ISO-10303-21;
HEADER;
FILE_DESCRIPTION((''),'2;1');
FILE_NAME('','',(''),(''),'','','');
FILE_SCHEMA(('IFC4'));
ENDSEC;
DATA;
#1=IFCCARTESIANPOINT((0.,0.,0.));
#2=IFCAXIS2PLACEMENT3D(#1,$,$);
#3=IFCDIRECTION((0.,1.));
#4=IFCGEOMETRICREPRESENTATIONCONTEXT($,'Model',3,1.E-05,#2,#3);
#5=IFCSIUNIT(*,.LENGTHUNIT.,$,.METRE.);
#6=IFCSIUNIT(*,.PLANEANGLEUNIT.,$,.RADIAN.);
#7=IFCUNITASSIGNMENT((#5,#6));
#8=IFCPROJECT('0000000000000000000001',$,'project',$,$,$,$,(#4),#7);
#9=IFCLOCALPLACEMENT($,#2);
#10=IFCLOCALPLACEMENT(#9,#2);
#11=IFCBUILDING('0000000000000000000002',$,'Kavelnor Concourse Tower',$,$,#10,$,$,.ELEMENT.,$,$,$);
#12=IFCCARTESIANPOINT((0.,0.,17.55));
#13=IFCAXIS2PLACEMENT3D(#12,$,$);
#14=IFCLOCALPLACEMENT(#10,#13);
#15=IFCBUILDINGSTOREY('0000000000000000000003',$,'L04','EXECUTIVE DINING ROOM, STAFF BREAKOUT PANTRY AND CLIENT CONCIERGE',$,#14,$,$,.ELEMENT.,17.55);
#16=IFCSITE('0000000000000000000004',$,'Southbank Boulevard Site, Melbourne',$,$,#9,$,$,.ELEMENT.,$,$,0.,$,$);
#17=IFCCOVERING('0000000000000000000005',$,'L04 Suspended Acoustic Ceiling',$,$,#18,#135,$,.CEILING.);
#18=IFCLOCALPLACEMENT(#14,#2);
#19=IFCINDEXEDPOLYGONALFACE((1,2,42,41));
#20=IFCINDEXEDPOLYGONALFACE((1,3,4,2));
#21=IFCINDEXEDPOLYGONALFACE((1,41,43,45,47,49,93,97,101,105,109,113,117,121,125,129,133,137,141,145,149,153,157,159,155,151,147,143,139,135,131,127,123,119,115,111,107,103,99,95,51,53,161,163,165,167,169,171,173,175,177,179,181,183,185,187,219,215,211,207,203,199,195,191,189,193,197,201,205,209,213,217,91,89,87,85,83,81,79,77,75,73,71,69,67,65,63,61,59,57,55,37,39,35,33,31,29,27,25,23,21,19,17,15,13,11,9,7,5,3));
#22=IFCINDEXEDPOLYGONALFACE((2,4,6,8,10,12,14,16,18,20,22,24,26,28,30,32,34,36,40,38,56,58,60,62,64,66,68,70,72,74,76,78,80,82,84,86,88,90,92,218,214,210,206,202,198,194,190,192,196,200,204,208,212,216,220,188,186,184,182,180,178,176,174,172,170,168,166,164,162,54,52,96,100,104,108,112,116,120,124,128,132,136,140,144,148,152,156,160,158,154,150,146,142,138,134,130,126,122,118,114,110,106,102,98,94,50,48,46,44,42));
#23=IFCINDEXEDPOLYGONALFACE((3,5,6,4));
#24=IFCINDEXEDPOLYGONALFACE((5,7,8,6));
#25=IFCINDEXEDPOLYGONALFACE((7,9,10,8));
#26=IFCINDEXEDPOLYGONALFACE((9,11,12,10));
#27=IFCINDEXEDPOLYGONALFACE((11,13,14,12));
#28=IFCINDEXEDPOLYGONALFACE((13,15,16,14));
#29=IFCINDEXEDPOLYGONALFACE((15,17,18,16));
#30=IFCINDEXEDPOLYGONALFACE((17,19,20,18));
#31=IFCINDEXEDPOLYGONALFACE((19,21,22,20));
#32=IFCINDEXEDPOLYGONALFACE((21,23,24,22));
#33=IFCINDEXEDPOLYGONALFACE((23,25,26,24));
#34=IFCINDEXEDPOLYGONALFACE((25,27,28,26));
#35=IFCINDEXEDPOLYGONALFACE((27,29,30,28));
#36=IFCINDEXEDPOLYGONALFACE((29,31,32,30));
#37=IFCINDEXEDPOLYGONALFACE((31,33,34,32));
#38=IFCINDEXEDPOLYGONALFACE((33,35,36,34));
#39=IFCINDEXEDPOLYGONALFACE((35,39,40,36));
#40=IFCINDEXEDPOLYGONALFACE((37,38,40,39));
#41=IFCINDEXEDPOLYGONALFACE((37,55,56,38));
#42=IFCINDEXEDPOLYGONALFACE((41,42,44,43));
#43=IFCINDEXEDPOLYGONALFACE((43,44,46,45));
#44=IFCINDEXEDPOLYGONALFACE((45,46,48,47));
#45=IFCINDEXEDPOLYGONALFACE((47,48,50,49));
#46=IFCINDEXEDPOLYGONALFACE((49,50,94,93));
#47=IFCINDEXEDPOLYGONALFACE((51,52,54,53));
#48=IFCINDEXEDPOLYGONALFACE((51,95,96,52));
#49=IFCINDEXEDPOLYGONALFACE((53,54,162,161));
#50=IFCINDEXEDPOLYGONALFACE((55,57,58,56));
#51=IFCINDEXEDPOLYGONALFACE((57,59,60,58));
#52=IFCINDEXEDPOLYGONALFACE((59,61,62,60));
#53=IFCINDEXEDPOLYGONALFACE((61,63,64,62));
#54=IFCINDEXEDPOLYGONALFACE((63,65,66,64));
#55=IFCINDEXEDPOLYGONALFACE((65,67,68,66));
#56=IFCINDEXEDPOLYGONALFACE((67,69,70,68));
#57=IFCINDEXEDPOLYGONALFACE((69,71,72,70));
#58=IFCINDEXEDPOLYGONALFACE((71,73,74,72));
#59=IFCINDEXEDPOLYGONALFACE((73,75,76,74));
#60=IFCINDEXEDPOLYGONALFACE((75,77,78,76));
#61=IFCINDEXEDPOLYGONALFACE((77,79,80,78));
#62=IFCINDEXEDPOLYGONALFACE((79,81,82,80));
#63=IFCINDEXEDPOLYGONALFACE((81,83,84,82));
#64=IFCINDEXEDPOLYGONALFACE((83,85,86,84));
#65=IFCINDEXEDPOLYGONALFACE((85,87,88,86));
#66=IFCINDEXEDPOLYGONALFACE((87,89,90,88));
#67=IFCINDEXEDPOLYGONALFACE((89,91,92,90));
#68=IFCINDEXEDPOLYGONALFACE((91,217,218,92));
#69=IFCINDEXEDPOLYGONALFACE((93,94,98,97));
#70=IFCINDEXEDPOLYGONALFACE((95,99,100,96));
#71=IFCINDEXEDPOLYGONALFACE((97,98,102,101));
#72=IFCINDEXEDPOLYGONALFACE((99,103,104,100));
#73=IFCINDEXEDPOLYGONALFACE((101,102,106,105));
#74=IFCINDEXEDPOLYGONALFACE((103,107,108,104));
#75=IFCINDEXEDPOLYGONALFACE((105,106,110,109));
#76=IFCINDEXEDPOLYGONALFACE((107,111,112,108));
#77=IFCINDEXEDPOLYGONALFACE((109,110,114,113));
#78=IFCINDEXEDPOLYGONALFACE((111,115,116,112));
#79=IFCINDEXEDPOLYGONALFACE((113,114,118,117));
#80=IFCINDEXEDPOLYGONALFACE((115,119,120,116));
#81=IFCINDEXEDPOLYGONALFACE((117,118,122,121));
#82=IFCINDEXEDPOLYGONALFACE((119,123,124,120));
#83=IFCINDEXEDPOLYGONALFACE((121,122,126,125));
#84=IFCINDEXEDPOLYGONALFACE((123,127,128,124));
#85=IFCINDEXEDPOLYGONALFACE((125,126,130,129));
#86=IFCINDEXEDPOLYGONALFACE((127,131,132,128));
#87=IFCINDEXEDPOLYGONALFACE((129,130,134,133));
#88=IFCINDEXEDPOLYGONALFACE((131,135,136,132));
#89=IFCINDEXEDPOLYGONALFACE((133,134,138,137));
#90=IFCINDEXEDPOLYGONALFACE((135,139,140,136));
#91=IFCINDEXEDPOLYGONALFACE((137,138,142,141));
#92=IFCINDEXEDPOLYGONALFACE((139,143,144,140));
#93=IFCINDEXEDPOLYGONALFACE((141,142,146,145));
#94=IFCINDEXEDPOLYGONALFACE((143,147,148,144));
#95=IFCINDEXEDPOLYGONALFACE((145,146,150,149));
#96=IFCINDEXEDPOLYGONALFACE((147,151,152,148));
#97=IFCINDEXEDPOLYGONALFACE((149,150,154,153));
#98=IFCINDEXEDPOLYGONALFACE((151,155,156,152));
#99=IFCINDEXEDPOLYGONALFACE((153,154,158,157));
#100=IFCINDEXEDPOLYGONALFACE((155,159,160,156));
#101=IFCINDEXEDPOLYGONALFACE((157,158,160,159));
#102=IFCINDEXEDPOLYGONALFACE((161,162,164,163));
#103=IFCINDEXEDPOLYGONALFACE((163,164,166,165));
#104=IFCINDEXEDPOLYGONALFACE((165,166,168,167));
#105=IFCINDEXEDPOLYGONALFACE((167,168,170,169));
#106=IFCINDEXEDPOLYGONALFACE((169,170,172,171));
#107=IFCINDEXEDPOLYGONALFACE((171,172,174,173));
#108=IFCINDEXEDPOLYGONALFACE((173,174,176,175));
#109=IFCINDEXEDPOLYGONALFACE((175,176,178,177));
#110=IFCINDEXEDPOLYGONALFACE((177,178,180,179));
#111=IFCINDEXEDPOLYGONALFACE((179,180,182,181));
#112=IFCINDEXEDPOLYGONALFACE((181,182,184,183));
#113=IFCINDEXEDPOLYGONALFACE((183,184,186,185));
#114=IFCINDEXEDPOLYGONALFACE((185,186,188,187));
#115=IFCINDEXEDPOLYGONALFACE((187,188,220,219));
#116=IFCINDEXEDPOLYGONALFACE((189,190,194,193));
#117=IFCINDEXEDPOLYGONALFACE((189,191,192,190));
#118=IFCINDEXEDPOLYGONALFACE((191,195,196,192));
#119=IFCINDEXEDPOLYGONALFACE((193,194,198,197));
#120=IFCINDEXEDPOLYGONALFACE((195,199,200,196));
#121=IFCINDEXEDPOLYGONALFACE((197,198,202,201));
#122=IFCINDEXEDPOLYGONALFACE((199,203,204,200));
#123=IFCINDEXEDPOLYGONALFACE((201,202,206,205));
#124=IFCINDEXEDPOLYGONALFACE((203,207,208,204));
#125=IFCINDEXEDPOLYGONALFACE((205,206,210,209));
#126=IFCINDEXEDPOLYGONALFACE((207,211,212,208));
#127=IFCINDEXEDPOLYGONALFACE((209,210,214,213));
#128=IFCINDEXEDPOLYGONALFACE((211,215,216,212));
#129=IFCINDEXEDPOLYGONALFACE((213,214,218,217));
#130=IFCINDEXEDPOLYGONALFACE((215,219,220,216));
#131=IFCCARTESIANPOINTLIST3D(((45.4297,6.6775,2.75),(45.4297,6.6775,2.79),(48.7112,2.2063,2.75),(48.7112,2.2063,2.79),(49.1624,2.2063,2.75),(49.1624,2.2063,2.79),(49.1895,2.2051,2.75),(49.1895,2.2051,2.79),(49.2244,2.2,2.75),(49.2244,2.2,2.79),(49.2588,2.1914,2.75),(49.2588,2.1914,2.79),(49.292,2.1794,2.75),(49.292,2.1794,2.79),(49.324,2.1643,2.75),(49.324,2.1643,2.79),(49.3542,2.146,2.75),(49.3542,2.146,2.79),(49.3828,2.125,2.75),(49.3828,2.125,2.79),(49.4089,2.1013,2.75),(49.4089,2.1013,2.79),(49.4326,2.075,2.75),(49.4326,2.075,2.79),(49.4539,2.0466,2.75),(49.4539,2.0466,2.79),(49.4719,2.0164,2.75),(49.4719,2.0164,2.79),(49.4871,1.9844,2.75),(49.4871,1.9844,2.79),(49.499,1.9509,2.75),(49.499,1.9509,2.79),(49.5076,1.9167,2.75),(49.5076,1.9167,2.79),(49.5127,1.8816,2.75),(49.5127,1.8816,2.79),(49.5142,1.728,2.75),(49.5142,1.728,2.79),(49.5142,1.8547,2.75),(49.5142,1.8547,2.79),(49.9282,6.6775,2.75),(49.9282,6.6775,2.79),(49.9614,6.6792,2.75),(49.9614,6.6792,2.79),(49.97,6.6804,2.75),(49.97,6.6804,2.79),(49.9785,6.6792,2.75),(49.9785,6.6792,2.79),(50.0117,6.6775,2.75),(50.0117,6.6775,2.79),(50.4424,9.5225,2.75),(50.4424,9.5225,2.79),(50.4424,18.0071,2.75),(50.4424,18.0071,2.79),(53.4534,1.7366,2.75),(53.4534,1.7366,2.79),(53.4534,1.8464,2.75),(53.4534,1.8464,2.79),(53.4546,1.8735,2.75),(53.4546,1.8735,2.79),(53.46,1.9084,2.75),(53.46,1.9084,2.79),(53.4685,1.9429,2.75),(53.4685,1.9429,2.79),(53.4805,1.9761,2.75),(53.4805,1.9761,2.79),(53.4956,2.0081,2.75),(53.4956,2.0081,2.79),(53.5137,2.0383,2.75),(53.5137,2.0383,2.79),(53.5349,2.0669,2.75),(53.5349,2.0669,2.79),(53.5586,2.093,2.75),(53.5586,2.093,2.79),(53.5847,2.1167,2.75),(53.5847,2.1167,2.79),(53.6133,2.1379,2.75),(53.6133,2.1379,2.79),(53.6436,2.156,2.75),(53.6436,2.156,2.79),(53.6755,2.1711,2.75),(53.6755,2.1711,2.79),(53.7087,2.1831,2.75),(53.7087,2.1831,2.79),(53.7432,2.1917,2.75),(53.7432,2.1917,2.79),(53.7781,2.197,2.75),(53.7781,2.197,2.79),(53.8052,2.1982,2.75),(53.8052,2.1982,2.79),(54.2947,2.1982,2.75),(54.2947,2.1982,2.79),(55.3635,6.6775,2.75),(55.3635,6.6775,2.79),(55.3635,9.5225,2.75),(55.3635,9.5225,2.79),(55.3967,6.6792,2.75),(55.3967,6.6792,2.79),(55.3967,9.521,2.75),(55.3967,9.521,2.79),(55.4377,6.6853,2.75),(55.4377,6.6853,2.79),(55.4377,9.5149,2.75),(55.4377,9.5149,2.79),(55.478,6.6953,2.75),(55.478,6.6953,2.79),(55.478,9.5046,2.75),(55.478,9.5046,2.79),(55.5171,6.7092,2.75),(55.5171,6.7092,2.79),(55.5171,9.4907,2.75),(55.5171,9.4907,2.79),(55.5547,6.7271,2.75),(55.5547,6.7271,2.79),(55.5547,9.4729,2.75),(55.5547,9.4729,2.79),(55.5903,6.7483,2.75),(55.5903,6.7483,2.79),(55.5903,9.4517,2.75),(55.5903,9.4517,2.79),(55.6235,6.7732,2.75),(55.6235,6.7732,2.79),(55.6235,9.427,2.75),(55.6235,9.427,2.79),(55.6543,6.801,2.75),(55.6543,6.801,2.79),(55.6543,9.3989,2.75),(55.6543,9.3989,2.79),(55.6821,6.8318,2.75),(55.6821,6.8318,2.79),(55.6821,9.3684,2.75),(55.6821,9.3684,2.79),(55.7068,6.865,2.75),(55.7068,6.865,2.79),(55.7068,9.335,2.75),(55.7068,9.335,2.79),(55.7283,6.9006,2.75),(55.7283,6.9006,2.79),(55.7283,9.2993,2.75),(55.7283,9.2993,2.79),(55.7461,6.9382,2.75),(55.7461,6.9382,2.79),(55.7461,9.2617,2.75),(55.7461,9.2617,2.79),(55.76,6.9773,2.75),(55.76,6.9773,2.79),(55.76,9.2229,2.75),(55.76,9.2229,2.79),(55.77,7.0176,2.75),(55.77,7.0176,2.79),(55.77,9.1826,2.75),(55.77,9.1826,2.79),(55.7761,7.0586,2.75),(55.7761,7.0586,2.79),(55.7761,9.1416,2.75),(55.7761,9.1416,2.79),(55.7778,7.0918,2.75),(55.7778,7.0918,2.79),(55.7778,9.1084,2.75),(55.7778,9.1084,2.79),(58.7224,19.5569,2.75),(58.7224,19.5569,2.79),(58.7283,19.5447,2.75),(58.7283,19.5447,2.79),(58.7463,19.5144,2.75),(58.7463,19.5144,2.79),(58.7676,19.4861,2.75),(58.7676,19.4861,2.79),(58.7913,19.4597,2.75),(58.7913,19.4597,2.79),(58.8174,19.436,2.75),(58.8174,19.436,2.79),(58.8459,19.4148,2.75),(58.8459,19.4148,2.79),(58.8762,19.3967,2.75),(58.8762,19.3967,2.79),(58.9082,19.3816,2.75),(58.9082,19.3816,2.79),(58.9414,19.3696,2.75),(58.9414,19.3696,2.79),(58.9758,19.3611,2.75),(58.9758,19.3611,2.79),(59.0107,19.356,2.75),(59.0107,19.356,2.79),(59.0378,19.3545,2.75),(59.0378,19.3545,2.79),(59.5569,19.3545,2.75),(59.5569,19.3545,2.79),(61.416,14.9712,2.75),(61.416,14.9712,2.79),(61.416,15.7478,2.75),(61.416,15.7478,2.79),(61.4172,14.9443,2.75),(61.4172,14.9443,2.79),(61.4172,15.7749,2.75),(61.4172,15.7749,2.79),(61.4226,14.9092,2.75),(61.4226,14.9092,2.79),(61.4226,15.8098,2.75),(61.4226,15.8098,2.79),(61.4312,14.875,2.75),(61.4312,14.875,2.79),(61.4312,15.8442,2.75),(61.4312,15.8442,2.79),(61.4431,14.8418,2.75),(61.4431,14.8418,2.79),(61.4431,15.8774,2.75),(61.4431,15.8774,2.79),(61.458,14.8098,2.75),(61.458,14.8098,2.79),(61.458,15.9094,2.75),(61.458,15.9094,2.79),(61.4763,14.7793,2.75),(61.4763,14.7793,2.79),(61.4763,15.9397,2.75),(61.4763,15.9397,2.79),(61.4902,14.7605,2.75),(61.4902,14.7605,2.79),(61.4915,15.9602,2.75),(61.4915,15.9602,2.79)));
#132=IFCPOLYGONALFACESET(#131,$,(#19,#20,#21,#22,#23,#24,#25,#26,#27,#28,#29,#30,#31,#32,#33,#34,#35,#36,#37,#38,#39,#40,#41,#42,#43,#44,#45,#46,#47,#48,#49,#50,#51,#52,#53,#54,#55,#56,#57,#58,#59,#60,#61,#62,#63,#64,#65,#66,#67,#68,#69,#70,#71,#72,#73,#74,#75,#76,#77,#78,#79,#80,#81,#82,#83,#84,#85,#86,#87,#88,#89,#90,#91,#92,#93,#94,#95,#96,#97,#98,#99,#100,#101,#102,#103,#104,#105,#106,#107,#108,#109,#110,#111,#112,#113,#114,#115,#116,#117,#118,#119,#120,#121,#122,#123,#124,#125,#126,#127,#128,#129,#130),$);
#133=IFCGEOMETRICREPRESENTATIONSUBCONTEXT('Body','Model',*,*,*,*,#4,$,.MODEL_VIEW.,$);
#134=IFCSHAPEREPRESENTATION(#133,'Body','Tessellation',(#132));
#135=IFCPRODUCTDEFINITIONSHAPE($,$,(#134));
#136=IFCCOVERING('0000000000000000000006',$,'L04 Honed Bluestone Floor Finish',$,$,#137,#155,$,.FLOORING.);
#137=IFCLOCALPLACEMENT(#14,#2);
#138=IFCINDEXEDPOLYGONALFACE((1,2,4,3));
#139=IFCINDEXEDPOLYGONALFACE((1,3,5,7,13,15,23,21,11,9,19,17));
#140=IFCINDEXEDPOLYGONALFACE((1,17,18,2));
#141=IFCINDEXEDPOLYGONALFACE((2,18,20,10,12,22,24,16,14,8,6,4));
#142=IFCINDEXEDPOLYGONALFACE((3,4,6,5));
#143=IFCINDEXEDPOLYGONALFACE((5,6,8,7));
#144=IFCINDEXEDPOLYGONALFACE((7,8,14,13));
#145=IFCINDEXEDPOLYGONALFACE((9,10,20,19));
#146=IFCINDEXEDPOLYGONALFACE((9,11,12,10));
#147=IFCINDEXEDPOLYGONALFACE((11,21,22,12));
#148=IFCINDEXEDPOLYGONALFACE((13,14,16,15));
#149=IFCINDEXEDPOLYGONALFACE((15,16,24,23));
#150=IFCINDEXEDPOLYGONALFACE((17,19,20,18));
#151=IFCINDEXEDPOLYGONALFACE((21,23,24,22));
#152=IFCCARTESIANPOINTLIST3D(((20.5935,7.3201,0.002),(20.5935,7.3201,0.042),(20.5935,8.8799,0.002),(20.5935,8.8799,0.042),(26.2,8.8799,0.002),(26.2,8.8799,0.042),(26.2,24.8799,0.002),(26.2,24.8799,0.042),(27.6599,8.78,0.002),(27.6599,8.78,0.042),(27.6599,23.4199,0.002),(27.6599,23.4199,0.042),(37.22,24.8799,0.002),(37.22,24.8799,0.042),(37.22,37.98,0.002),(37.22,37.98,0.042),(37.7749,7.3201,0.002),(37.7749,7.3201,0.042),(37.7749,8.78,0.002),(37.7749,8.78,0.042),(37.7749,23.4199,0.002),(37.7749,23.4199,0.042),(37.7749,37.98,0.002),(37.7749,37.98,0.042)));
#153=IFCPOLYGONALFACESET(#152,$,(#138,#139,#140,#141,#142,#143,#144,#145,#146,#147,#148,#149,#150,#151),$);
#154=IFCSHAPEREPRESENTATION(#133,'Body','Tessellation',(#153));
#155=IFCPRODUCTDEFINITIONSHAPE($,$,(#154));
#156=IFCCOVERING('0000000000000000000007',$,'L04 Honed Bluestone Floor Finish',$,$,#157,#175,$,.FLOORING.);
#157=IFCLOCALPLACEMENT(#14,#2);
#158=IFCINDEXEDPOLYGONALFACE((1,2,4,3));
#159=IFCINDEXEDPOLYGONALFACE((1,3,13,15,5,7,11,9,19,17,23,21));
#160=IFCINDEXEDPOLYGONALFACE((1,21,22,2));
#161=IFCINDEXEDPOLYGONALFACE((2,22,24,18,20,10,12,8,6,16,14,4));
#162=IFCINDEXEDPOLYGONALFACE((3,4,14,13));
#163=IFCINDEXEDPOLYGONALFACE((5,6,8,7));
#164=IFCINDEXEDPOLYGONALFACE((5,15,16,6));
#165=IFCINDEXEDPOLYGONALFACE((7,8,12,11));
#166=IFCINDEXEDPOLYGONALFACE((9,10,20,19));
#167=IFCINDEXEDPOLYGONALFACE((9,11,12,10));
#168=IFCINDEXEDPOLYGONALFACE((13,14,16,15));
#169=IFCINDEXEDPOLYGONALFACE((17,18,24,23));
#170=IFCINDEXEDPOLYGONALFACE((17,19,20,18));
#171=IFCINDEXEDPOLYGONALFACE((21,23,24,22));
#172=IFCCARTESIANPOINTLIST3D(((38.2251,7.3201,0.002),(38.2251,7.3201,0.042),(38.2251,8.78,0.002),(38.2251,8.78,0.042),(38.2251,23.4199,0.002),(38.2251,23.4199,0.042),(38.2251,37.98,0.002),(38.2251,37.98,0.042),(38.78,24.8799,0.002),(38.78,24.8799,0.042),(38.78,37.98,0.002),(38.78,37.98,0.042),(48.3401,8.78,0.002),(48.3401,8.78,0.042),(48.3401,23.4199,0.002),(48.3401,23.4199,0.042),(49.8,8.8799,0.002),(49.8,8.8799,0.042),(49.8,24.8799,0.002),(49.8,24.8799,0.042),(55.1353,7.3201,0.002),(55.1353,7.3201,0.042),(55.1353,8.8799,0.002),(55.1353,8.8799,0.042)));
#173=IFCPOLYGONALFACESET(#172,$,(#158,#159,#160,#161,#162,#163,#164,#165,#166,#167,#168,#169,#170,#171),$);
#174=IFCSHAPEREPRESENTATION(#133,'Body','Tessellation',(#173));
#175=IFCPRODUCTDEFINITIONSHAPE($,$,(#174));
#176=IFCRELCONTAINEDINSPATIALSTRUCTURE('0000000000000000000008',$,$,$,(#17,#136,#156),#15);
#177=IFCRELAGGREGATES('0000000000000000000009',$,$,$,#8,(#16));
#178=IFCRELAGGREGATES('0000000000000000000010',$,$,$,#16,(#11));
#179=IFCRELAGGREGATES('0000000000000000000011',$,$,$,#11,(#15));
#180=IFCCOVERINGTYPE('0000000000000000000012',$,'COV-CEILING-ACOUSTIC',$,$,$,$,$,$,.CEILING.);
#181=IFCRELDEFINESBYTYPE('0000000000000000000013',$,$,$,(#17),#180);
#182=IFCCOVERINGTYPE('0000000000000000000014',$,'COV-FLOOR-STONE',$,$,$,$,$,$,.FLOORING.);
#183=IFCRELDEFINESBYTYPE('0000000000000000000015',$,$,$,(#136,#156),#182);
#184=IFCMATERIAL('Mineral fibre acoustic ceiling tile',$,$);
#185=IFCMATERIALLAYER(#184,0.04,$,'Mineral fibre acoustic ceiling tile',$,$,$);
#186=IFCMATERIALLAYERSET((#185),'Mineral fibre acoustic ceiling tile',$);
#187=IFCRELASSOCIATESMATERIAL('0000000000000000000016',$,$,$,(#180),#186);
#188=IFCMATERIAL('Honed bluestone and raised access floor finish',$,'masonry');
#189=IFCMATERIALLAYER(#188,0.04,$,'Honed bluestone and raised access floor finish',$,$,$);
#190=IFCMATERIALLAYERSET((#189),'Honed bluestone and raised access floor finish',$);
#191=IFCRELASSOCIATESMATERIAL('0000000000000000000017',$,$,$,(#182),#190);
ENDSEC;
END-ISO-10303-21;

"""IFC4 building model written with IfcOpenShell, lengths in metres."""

from ifc_helpers import new_model, si_unit, direction, frame, origin, place, context, subcontext, project, spatial, polyline, outline, extrude, material, layer, layer_set, type_object, element, save


model = new_model("IFC4")

# Units and contexts
model_context = context("Model", 3, precision=1e-05, world=origin(), true_north=direction((0.0, 1.0)))
body_context = subcontext(model_context, "Body", "Model", "MODEL_VIEW")
ifc_project = project(units=[si_unit("LENGTHUNIT", "METRE"), si_unit("PLANEANGLEUNIT", "RADIAN")], contexts=[model_context])

# Site, building, storey
site_placement = place(None, origin())
site = spatial("IfcSite", under=ifc_project, at=site_placement, Name="Southbank Boulevard Site, Melbourne", CompositionType="ELEMENT", RefElevation=0.0)
building_placement = place(site_placement, origin())
building = spatial("IfcBuilding", under=site, at=building_placement, Name="Kavelnor Concourse Tower", CompositionType="ELEMENT")
storey_placement = place(building_placement, frame((0.0, 0.0, 17.55)))
storey = spatial("IfcBuildingStorey", under=building, at=storey_placement, Name="L04", Description="EXECUTIVE DINING ROOM, STAFF BREAKOUT PANTRY AND CLIENT CONCIERGE", CompositionType="ELEMENT", Elevation=17.55)

# Coverings
ifc_material_1 = material(Name="Mineral fibre acoustic ceiling tile")
ifc_layer_1 = layer(ifc_material_1, 0.04, Name="Mineral fibre acoustic ceiling tile")
ifc_layer_set_1 = layer_set([ifc_layer_1], Name="Mineral fibre acoustic ceiling tile")
covering_type_1 = type_object("IfcCoveringType", Name="COV-CEILING-ACOUSTIC", PredefinedType="CEILING", material=ifc_layer_set_1)
covering_1_placement = place(storey_placement, frame((0.0, 0.0, 2.75)))
element("IfcCovering", 1, at=covering_1_placement, inside=storey, type_object=covering_type_1, Name="L04 Suspended Acoustic Ceiling", PredefinedType="CEILING", context=body_context, shape_type="SweptSolid", body=[
    extrude(outline(polyline([(49.5142, 1.8547), (49.5127, 1.8816), (49.5076, 1.9167), (49.499, 1.9509), (49.4871, 1.9844), (49.4719, 2.0164), (49.4539, 2.0466), (49.4326, 2.075), (49.4089, 2.1013), (49.3828, 2.125), (49.3542, 2.146), (49.324, 2.1643), (49.292, 2.1794), (49.2588, 2.1914), (49.2244, 2.2), (49.1895, 2.2051), (49.1624, 2.2063), (48.7112, 2.2063), (45.4297, 6.6775), (49.9282, 6.6775), (49.9614, 6.6792), (49.97, 6.6804), (49.9785, 6.6792), (50.0117, 6.6775), (55.3635, 6.6775), (55.3967, 6.6792), (55.4377, 6.6853), (55.478, 6.6953), (55.5171, 6.7092), (55.5547, 6.7271), (55.5903, 6.7483), (55.6235, 6.7732), (55.6543, 6.801), (55.6821, 6.8318), (55.7068, 6.865), (55.7283, 6.9006), (55.7461, 6.9382), (55.76, 6.9773), (55.77, 7.0176), (55.7761, 7.0586), (55.7778, 7.0918), (55.7778, 9.1084), (55.7761, 9.1416), (55.77, 9.1826), (55.76, 9.2229), (55.7461, 9.2617), (55.7283, 9.2993), (55.7068, 9.335), (55.6821, 9.3684), (55.6543, 9.3989), (55.6235, 9.427), (55.5903, 9.4517), (55.5547, 9.4729), (55.5171, 9.4907), (55.478, 9.5046), (55.4377, 9.5149), (55.3967, 9.521), (55.3635, 9.5225), (50.4424, 9.5225), (50.4424, 18.0071), (58.7224, 19.5569), (58.7283, 19.5447), (58.7463, 19.5144), (58.7676, 19.4861), (58.7913, 19.4597), (58.8174, 19.436), (58.8459, 19.4148), (58.8762, 19.3967), (58.9082, 19.3816), (58.9414, 19.3696), (58.9758, 19.3611), (59.0107, 19.356), (59.0378, 19.3545), (59.5569, 19.3545), (61.4915, 15.9602), (61.4763, 15.9397), (61.458, 15.9094), (61.4431, 15.8774), (61.4312, 15.8442), (61.4226, 15.8098), (61.4172, 15.7749), (61.416, 15.7478), (61.416, 14.9712), (61.4172, 14.9443), (61.4226, 14.9092), (61.4312, 14.875), (61.4431, 14.8418), (61.458, 14.8098), (61.4763, 14.7793), (61.4902, 14.7605), (54.2947, 2.1982), (53.8052, 2.1982), (53.7781, 2.197), (53.7432, 2.1917), (53.7087, 2.1831), (53.6755, 2.1711), (53.6436, 2.156), (53.6133, 2.1379), (53.5847, 2.1167), (53.5586, 2.093), (53.5349, 2.0669), (53.5137, 2.0383), (53.4956, 2.0081), (53.4805, 1.9761), (53.4685, 1.9429), (53.46, 1.9084), (53.4546, 1.8735), (53.4534, 1.8464), (53.4534, 1.7366), (49.5142, 1.728), (49.5142, 1.8547)])), origin(), (0.0, 0.0, 1.0), 0.04),
])
ifc_material_2 = material(Name="Honed bluestone and raised access floor finish", Category="masonry")
ifc_layer_2 = layer(ifc_material_2, 0.04, Name="Honed bluestone and raised access floor finish")
ifc_layer_set_2 = layer_set([ifc_layer_2], Name="Honed bluestone and raised access floor finish")
covering_type_2 = type_object("IfcCoveringType", Name="COV-FLOOR-STONE", PredefinedType="FLOORING", material=ifc_layer_set_2)
covering_2_placement = place(storey_placement, frame((0.0, 0.0, 0.002)))
element("IfcCovering", 2, at=covering_2_placement, inside=storey, type_object=covering_type_2, Name="L04 Honed Bluestone Floor Finish", PredefinedType="FLOORING", context=body_context, shape_type="SweptSolid", body=[
    extrude(outline(polyline([(37.22, 37.98), (37.7749, 37.98), (37.7749, 23.4199), (27.6599, 23.4199), (27.6599, 8.78), (37.7749, 8.78), (37.7749, 7.3201), (20.5935, 7.3201), (20.5935, 8.8799), (26.2, 8.8799), (26.2, 24.8799), (37.22, 24.8799), (37.22, 37.98)])), origin(), (0.0, 0.0, 1.0), 0.04),
])
covering_3_placement = place(storey_placement, frame((0.0, 0.0, 0.002)))
element("IfcCovering", 3, at=covering_3_placement, inside=storey, type_object=covering_type_2, Name="L04 Honed Bluestone Floor Finish", PredefinedType="FLOORING", context=body_context, shape_type="SweptSolid", body=[
    extrude(outline(polyline([(38.78, 37.98), (38.78, 24.8799), (49.8, 24.8799), (49.8, 8.8799), (55.1353, 8.8799), (55.1353, 7.3201), (38.2251, 7.3201), (38.2251, 8.78), (48.3401, 8.78), (48.3401, 23.4199), (38.2251, 23.4199), (38.2251, 37.98), (38.78, 37.98)])), origin(), (0.0, 0.0, 1.0), 0.04),
])

save(model, "model.ifc")
